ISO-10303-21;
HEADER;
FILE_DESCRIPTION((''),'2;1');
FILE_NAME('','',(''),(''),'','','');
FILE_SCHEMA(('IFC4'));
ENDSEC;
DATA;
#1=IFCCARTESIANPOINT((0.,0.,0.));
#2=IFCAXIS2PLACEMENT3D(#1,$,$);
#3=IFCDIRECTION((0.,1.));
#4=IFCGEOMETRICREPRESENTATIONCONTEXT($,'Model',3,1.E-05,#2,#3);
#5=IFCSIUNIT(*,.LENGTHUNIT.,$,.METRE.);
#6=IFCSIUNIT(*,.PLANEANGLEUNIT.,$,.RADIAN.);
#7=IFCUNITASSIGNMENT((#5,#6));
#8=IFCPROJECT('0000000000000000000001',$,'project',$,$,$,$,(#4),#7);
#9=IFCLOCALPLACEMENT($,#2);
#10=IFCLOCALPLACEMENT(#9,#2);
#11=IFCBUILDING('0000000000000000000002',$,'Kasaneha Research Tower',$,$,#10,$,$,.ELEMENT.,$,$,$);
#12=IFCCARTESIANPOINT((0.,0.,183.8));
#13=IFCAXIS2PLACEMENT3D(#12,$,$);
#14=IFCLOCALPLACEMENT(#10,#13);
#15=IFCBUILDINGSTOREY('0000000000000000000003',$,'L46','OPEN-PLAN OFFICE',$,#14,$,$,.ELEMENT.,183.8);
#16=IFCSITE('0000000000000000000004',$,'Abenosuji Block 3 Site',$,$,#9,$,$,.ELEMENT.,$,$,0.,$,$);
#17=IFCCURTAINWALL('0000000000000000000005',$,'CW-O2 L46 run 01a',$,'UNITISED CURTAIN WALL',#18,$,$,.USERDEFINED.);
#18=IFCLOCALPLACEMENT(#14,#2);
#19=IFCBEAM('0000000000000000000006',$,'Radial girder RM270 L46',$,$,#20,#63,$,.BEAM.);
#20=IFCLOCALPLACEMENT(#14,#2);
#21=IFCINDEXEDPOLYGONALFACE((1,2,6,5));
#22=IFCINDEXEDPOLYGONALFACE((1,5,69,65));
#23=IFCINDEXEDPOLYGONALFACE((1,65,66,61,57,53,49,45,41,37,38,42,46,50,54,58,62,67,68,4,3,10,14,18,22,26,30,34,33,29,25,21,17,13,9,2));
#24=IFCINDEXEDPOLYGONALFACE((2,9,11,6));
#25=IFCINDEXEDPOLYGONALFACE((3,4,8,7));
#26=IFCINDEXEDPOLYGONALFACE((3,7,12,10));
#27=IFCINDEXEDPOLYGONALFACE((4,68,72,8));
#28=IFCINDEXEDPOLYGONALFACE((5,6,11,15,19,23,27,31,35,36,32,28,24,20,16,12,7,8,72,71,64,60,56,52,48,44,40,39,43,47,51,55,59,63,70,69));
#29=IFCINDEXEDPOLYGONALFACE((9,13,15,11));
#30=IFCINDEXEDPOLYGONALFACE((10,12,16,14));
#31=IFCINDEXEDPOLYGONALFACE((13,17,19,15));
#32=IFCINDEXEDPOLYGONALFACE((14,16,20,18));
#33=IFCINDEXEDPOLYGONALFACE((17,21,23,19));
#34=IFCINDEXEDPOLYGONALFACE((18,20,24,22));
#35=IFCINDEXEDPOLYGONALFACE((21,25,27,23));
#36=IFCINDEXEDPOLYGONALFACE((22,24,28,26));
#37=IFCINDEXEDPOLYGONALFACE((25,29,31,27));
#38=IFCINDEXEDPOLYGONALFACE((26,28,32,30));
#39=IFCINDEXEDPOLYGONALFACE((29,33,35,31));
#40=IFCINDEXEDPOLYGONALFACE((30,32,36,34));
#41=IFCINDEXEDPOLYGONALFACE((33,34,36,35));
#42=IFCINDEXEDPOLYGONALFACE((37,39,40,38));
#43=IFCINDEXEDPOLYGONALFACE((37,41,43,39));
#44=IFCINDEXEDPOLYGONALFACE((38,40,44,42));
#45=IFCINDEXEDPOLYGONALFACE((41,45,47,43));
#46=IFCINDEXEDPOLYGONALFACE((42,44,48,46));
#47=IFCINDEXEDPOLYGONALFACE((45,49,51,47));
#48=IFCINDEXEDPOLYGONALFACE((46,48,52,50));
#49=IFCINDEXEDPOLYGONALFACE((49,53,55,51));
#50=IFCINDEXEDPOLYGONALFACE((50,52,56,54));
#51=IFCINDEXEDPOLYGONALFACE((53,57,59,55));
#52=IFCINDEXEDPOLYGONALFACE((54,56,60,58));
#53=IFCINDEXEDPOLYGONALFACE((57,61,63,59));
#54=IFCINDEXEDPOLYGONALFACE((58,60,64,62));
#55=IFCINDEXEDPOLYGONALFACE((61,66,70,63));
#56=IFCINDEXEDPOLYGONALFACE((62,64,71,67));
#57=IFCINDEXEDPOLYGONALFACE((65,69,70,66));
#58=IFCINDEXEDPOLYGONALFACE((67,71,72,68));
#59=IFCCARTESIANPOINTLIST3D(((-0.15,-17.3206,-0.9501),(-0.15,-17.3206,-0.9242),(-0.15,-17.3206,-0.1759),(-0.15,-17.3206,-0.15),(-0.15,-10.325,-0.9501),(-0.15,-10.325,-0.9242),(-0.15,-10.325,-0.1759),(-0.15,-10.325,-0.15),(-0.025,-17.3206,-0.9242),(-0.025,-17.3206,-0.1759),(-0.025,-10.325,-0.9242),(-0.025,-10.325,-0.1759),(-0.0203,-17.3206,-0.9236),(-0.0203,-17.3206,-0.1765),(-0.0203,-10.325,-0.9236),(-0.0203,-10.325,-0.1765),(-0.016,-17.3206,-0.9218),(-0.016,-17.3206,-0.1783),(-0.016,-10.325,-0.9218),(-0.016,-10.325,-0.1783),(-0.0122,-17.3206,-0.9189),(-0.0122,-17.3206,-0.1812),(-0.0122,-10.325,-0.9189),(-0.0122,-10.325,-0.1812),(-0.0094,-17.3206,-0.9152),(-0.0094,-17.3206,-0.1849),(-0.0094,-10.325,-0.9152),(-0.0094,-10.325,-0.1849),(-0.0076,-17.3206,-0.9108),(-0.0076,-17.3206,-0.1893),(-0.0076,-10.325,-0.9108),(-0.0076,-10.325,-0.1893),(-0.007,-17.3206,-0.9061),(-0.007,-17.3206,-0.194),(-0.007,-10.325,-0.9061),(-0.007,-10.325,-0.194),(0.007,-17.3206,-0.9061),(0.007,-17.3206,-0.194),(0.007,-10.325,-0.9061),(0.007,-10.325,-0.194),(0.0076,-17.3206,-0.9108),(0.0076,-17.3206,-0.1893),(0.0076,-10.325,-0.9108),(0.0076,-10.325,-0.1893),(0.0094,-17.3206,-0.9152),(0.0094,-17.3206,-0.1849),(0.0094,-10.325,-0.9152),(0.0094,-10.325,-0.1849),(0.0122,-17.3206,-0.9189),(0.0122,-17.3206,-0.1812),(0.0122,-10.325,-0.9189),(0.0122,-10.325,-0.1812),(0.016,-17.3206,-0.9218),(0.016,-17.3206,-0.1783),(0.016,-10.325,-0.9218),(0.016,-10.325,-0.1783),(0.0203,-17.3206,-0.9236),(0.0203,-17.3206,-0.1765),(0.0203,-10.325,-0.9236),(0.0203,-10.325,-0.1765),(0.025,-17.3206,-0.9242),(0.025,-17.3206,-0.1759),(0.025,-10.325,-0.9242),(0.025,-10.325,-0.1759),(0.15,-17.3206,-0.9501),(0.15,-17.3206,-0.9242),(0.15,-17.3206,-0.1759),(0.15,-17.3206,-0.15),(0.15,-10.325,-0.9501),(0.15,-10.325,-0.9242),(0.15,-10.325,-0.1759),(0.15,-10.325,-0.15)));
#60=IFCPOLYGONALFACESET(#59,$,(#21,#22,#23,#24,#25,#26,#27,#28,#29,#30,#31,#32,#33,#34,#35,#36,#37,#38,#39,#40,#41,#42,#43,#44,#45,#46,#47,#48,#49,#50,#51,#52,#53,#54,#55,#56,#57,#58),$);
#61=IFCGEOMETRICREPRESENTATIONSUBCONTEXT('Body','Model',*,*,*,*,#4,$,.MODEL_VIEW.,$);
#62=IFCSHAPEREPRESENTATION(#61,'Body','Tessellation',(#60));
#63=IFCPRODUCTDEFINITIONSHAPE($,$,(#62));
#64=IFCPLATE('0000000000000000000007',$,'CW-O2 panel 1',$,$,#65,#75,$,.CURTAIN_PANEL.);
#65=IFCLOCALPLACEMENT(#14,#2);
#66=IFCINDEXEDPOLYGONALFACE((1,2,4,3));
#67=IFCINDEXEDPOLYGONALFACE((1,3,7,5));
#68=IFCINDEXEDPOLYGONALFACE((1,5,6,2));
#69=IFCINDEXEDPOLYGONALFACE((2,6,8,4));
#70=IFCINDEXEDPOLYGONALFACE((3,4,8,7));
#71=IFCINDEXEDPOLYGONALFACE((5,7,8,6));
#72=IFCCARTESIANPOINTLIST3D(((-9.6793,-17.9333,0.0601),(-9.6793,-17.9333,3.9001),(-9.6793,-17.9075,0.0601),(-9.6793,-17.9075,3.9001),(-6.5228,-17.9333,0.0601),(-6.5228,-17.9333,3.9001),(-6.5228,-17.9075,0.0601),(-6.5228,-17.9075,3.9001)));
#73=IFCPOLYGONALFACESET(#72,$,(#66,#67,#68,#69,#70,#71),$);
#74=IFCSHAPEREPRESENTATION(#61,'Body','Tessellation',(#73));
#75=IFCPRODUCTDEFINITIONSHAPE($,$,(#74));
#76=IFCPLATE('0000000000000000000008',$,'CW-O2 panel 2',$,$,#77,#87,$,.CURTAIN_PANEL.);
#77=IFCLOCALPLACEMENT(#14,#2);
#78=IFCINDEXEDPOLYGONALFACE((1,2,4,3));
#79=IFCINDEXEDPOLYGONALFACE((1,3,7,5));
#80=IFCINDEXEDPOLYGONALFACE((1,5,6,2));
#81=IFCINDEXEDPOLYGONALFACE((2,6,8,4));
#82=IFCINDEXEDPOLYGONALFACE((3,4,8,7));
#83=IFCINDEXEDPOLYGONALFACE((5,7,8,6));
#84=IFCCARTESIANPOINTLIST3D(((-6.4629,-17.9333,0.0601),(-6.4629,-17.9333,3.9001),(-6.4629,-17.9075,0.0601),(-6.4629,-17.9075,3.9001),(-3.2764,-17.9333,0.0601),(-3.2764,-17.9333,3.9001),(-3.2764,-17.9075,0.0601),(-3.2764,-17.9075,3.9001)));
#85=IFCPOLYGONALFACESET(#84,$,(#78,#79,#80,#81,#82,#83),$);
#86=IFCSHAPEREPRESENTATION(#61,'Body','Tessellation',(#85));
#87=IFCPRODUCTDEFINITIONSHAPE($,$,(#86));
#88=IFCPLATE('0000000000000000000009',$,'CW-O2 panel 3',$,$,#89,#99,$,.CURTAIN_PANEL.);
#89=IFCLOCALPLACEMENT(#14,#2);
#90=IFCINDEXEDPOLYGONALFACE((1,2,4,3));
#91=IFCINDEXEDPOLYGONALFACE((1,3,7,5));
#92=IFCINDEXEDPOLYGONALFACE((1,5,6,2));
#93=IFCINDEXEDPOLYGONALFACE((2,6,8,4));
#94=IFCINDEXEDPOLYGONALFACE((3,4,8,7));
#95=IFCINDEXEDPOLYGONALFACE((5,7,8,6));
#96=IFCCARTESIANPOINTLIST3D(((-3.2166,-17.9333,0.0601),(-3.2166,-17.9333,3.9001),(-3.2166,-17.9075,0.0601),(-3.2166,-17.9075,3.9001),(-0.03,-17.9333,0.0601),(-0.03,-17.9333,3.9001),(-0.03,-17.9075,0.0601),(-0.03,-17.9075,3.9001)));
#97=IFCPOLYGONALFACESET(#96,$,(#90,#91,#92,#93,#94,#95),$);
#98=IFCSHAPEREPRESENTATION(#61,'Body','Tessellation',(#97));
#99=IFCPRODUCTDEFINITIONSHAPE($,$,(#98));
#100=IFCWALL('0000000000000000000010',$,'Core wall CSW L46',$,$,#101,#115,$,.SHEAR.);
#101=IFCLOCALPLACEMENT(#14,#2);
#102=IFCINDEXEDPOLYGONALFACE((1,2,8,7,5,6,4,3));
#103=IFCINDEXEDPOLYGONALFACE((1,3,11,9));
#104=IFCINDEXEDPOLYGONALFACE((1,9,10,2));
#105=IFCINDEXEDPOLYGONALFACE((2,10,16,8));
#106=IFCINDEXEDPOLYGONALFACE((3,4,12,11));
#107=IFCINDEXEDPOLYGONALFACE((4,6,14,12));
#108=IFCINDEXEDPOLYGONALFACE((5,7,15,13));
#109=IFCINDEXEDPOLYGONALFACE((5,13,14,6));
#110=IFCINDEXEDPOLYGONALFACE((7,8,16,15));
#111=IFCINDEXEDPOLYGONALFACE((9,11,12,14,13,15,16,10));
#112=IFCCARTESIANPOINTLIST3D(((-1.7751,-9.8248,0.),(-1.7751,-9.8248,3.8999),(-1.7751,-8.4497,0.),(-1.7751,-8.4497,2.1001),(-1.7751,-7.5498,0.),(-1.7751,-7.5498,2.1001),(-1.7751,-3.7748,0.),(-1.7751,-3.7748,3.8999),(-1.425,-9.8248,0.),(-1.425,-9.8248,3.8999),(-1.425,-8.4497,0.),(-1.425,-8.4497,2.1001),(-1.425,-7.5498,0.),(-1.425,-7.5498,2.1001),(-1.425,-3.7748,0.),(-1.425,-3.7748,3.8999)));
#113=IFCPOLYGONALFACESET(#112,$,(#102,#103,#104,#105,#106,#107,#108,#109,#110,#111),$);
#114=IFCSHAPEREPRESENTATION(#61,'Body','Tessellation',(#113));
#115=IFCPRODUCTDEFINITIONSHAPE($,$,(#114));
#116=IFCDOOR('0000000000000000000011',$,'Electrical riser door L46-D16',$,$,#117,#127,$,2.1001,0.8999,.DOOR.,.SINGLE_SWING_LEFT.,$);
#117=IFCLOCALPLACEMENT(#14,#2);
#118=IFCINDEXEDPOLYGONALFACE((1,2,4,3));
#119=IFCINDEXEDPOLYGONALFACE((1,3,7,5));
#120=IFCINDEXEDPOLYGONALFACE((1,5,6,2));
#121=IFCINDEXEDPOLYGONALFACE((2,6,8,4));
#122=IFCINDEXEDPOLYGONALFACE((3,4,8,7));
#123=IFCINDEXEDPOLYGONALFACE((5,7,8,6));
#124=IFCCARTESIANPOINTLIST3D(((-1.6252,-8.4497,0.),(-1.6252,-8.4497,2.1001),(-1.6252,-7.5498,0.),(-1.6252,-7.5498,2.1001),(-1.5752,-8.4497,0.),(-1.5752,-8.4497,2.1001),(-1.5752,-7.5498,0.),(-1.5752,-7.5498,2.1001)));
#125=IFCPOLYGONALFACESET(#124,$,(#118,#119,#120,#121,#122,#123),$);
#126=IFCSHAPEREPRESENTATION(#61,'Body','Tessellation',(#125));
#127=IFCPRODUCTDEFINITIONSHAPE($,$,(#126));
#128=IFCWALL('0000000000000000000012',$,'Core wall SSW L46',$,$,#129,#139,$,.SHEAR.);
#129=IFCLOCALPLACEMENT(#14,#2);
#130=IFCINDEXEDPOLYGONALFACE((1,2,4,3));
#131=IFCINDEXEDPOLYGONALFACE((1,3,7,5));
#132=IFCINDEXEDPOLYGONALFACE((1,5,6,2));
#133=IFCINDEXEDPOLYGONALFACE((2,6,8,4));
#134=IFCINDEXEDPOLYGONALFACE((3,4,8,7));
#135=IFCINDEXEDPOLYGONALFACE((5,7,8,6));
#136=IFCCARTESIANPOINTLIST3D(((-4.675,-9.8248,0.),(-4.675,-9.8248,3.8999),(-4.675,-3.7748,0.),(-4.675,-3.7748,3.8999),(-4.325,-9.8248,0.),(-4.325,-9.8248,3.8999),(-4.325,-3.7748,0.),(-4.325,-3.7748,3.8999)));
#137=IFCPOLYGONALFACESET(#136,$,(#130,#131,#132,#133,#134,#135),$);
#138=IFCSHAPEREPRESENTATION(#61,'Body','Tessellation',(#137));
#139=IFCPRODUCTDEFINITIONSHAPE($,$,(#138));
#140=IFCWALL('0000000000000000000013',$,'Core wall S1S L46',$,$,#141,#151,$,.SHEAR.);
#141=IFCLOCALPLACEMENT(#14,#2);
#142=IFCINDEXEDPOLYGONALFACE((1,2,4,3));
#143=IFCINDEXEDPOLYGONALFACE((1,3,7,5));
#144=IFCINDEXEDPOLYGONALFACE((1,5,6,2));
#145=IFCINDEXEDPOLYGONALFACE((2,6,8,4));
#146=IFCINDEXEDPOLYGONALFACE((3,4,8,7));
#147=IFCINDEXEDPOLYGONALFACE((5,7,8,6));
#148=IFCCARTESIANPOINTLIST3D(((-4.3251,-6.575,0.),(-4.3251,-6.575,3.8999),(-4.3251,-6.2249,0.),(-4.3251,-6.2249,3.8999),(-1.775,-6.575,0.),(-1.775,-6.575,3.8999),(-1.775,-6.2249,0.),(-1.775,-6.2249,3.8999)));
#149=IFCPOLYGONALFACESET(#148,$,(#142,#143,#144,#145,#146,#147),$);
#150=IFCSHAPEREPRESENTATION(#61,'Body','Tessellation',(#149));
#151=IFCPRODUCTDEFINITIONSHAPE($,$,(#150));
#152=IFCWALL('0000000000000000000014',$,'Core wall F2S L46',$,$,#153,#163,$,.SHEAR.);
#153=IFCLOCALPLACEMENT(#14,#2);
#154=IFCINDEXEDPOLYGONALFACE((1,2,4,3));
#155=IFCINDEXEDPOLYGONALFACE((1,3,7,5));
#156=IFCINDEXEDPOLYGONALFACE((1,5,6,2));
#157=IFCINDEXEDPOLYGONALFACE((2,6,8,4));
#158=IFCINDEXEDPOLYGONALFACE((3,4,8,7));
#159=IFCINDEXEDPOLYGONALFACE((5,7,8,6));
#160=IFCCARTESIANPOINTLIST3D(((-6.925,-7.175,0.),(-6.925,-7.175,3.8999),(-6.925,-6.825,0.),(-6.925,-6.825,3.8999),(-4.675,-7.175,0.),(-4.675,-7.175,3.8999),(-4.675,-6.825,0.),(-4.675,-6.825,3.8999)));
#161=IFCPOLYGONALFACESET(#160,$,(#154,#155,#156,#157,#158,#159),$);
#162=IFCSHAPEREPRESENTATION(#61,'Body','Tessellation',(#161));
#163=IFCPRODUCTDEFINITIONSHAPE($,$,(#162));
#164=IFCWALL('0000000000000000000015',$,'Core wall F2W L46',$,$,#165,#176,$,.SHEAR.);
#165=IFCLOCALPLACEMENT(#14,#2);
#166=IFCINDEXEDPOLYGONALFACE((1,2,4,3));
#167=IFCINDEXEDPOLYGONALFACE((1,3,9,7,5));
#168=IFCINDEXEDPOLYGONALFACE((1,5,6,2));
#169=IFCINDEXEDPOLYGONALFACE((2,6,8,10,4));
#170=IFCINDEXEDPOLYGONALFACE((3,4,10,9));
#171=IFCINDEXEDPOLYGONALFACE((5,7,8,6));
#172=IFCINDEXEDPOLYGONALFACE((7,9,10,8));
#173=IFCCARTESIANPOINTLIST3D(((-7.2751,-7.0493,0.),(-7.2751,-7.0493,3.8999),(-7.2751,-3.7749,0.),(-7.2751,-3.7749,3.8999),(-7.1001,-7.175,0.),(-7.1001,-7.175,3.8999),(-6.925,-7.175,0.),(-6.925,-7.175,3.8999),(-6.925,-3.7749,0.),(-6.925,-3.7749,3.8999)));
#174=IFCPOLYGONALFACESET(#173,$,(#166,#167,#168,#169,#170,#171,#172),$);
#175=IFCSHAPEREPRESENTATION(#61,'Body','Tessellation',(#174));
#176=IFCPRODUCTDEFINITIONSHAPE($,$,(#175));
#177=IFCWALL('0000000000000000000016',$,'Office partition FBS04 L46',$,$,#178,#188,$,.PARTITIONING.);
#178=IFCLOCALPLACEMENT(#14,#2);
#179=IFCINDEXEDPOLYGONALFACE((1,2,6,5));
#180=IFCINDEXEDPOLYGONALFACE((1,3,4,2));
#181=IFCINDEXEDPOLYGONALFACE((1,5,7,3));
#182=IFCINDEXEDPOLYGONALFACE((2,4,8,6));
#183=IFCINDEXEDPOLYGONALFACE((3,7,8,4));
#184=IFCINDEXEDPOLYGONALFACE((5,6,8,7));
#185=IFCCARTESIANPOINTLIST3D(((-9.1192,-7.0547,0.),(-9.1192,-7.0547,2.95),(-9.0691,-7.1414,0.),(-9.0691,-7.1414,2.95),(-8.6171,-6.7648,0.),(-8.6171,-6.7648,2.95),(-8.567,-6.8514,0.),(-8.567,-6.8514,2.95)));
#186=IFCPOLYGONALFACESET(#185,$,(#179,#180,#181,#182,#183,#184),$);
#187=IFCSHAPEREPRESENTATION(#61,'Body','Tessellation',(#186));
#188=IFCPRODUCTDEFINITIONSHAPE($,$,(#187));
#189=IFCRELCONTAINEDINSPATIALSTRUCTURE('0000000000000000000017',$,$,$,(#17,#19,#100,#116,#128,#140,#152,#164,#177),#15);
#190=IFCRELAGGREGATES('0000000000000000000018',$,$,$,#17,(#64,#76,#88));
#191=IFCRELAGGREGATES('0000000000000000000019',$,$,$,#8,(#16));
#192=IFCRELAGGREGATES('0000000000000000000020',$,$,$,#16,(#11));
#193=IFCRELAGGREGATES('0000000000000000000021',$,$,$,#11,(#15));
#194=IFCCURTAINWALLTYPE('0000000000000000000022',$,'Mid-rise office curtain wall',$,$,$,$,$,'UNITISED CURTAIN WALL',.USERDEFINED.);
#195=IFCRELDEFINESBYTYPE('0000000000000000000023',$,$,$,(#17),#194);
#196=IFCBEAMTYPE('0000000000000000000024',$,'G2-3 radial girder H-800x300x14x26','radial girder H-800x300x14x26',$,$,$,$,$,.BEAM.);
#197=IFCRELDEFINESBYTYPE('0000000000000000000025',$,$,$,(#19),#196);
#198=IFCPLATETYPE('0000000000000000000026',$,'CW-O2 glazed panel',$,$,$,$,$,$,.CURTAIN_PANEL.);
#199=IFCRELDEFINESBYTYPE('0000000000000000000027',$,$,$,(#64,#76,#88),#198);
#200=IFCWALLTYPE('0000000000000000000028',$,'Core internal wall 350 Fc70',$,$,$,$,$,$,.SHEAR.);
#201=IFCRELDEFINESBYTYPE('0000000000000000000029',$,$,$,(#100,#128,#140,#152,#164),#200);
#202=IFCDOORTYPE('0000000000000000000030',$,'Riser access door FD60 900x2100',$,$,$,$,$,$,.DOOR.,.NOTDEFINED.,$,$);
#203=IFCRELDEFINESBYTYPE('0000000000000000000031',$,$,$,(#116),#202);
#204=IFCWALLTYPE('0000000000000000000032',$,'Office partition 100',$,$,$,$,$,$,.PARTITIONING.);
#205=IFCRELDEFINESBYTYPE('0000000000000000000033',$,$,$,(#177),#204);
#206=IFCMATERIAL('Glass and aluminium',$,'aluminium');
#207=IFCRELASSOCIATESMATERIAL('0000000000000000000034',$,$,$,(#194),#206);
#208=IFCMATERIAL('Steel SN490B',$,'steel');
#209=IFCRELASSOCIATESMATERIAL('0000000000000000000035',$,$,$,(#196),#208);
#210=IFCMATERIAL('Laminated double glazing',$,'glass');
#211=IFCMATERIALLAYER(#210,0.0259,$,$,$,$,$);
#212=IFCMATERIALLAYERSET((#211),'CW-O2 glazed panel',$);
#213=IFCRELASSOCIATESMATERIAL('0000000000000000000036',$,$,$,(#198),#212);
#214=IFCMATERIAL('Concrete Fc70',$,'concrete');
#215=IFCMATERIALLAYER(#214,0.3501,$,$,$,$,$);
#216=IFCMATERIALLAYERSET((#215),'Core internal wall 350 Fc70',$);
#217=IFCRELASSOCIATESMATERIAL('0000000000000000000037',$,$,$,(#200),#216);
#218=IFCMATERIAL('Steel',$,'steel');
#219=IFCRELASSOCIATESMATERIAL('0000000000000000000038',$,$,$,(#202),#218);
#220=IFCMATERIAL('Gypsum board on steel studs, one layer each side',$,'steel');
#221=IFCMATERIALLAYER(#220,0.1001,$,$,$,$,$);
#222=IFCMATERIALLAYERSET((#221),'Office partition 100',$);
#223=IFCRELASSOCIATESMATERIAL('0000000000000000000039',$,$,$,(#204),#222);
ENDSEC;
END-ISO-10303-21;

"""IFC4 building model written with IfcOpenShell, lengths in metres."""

from ifc_helpers import new_model, si_unit, direction, frame, frame_2d, origin, origin_2d, place, context, subcontext, project, spatial, polyline, rectangle, i_section, outline, extrude, material, layer, layer_set, material_profile, profile_set, type_object, element, fill, aggregate, save


model = new_model("IFC4")

# Units and contexts
model_context = context("Model", 3, precision=1e-05, world=origin(), true_north=direction((0.0, 1.0)))
body_context = subcontext(model_context, "Body", "Model", "MODEL_VIEW")
ifc_project = project(units=[si_unit("LENGTHUNIT", "METRE"), si_unit("PLANEANGLEUNIT", "RADIAN")], contexts=[model_context])

# Site, building, storey
site_placement = place(None, origin())
site = spatial("IfcSite", under=ifc_project, at=site_placement, Name="Abenosuji Block 3 Site", CompositionType="ELEMENT", RefElevation=0.0)
building_placement = place(site_placement, origin())
building = spatial("IfcBuilding", under=site, at=building_placement, Name="Kasaneha Research Tower", CompositionType="ELEMENT")
storey_placement = place(building_placement, frame((0.0, 0.0, 183.8)))
storey = spatial("IfcBuildingStorey", under=building, at=storey_placement, Name="L46", Description="OPEN-PLAN OFFICE", CompositionType="ELEMENT", Elevation=183.8)

# Curtain wall
ifc_material_1 = material(Name="Glass and aluminium", Category="aluminium")
curtain_wall_type = type_object("IfcCurtainWallType", Name="Mid-rise office curtain wall", ElementType="UNITISED CURTAIN WALL", PredefinedType="USERDEFINED", material=ifc_material_1)
curtain_wall_placement = place(storey_placement, origin())
curtain_wall = element("IfcCurtainWall", 1, at=curtain_wall_placement, inside=storey, type_object=curtain_wall_type, Name="CW-O2 L46 run 01a", ObjectType="UNITISED CURTAIN WALL", PredefinedType="USERDEFINED")

# Beam
ifc_material_2 = material(Name="Steel SN490B", Category="steel")
ifc_material_profile_1 = material_profile(ifc_material_2, i_section(OverallWidth=0.3, OverallDepth=0.8, WebThickness=0.0139, FlangeThickness=0.0259, FilletRadius=0.0181, at=origin_2d()), Name="H-800x300x14x26")
ifc_profile_set_1 = profile_set([ifc_material_profile_1], Name="Steel SN490B")
beam_type_1 = type_object("IfcBeamType", Name="G2-3 radial girder H-800x300x14x26", Description="radial girder H-800x300x14x26", PredefinedType="BEAM", material=ifc_profile_set_1)
beam_1_placement = place(storey_placement, frame((0.0, -10.325, -0.55), z_axis=(0.0, -1.0, 0.0), x_axis=(1.0, 0.0, 0.0)))
element("IfcBeam", 2, at=beam_1_placement, inside=storey, type_object=beam_type_1, Name="Radial girder RM270 L46", PredefinedType="BEAM", context=body_context, shape_type="SweptSolid", body=[
    extrude(i_section(OverallWidth=0.3, OverallDepth=0.8, WebThickness=0.0139, FlangeThickness=0.0259, FilletRadius=0.0181, at=origin_2d()), origin(), (0.0, 0.0, 1.0), 6.9956),
])

# Plates
ifc_material_3 = material(Name="Laminated double glazing", Category="glass")
ifc_layer_1 = layer(ifc_material_3, 0.0259)
ifc_layer_set_1 = layer_set([ifc_layer_1], Name="CW-O2 glazed panel")
plate_type = type_object("IfcPlateType", Name="CW-O2 glazed panel", PredefinedType="CURTAIN_PANEL", material=ifc_layer_set_1)
plate_1_placement = place(storey_placement, frame((-8.1011, -17.9204, 0.0601), z_axis=(0.0, 0.0, 1.0), x_axis=(1.0, 0.0, 0.0)))
plate_1 = element("IfcPlate", 3, at=plate_1_placement, type_object=plate_type, Name="CW-O2 panel 1", PredefinedType="CURTAIN_PANEL", context=body_context, shape_type="SweptSolid", body=[
    extrude(rectangle(XDim=3.1565, YDim=0.0259, at=origin_2d()), origin(), (0.0, 0.0, 1.0), 3.8401),
])
plate_2_placement = place(storey_placement, frame((-4.8696, -17.9204, 0.0601), z_axis=(0.0, 0.0, 1.0), x_axis=(1.0, 0.0, 0.0)))
plate_2 = element("IfcPlate", 4, at=plate_2_placement, type_object=plate_type, Name="CW-O2 panel 2", PredefinedType="CURTAIN_PANEL", context=body_context, shape_type="SweptSolid", body=[
    extrude(rectangle(XDim=3.1865, YDim=0.0259, at=origin_2d()), origin(), (0.0, 0.0, 1.0), 3.8401),
])
plate_3_placement = place(storey_placement, frame((-1.6233, -17.9204, 0.0601), z_axis=(0.0, 0.0, 1.0), x_axis=(1.0, 0.0, 0.0)))
plate_3 = element("IfcPlate", 5, at=plate_3_placement, type_object=plate_type, Name="CW-O2 panel 3", PredefinedType="CURTAIN_PANEL", context=body_context, shape_type="SweptSolid", body=[
    extrude(rectangle(XDim=3.1865, YDim=0.0259, at=origin_2d()), origin(), (0.0, 0.0, 1.0), 3.8401),
])
aggregate(curtain_wall, [plate_1, plate_2, plate_3])

# Wall, opening, door
ifc_material_4 = material(Name="Concrete Fc70", Category="concrete")
ifc_layer_2 = layer(ifc_material_4, 0.3501)
ifc_layer_set_2 = layer_set([ifc_layer_2], Name="Core internal wall 350 Fc70")
wall_type_1 = type_object("IfcWallType", Name="Core internal wall 350 Fc70", PredefinedType="SHEAR", material=ifc_layer_set_2)
wall_1_placement = place(storey_placement, frame((-1.6001, -3.7749, 0.0), z_axis=(0.0, 0.0, 1.0), x_axis=(0.0, -1.0, 0.0)))
wall_1 = element("IfcWall", 6, at=wall_1_placement, inside=storey, type_object=wall_type_1, Name="Core wall CSW L46", PredefinedType="SHEAR", context=body_context, shape_type="SweptSolid", body=[
    extrude(rectangle(XDim=6.05, YDim=0.3501, at=frame_2d((3.0249, 0.0))), origin(), (0.0, 0.0, 1.0), 3.8999),
])
opening_1_placement = place(wall_1_placement, frame((3.7749, 0.0, 0.0)))
opening_1 = element("IfcOpeningElement", 7, at=opening_1_placement, cuts=wall_1, PredefinedType="OPENING", context=body_context, shape_type="SweptSolid", body=[
    extrude(rectangle(XDim=0.8999, YDim=2.1001, at=frame_2d((0.45, 1.05))), frame((0.0, 0.1851, 0.0), z_axis=(0.0, -1.0, 0.0), x_axis=(1.0, 0.0, 0.0)), (0.0, 0.0, 1.0), 0.3701),
])
ifc_material_5 = material(Name="Steel", Category="steel")
door_type_1 = type_object("IfcDoorType", Name="Riser access door FD60 900x2100", OperationType="NOTDEFINED", PredefinedType="DOOR", material=ifc_material_5)
door_1_placement = place(opening_1_placement, origin())
door_1 = element("IfcDoor", 8, at=door_1_placement, inside=storey, type_object=door_type_1, Name="Electrical riser door L46-D16", OperationType="SINGLE_SWING_LEFT", OverallHeight=2.1001, OverallWidth=0.8999, PredefinedType="DOOR", context=body_context, shape_type="SweptSolid", body=[
    extrude(rectangle(XDim=0.8999, YDim=2.1001, at=frame_2d((0.45, 1.05))), frame((0.0, 0.0249, 0.0), z_axis=(0.0, -1.0, 0.0), x_axis=(1.0, 0.0, 0.0)), (0.0, 0.0, 1.0), 0.05),
])
fill(opening_1, door_1)

# Walls
wall_2_placement = place(storey_placement, frame((-4.5, -3.7749, 0.0), z_axis=(0.0, 0.0, 1.0), x_axis=(0.0, -1.0, 0.0)))
element("IfcWall", 9, at=wall_2_placement, inside=storey, type_object=wall_type_1, Name="Core wall SSW L46", PredefinedType="SHEAR", context=body_context, shape_type="SweptSolid", body=[
    extrude(rectangle(XDim=6.05, YDim=0.3501, at=frame_2d((3.0249, 0.0))), origin(), (0.0, 0.0, 1.0), 3.8999),
])
wall_3_placement = place(storey_placement, frame((-4.325, -6.3999, 0.0), z_axis=(0.0, 0.0, 1.0), x_axis=(1.0, 0.0, 0.0)))
element("IfcWall", 10, at=wall_3_placement, inside=storey, type_object=wall_type_1, Name="Core wall S1S L46", PredefinedType="SHEAR", context=body_context, shape_type="SweptSolid", body=[
    extrude(rectangle(XDim=2.55, YDim=0.3501, at=frame_2d((1.2749, 0.0))), origin(), (0.0, 0.0, 1.0), 3.8999),
])
wall_4_placement = place(storey_placement, frame((-6.925, -7.0, 0.0), z_axis=(0.0, 0.0, 1.0), x_axis=(1.0, 0.0, 0.0)))
element("IfcWall", 11, at=wall_4_placement, inside=storey, type_object=wall_type_1, Name="Core wall F2S L46", PredefinedType="SHEAR", context=body_context, shape_type="SweptSolid", body=[
    extrude(rectangle(XDim=2.25, YDim=0.3501, at=frame_2d((1.125, 0.0))), origin(), (0.0, 0.0, 1.0), 3.8999),
])
wall_5_placement = place(storey_placement, frame((-7.1001, -3.7749, 0.0), z_axis=(0.0, 0.0, 1.0), x_axis=(0.0, -1.0, 0.0)))
element("IfcWall", 12, at=wall_5_placement, inside=storey, type_object=wall_type_1, Name="Core wall F2W L46", PredefinedType="SHEAR", context=body_context, shape_type="SweptSolid", body=[
    extrude(outline(polyline([(0.0, -0.175), (3.2744, -0.175), (3.4001, 0.0), (3.4001, 0.175), (0.0, 0.175), (0.0, -0.175)])), origin(), (0.0, 0.0, 1.0), 3.8999),
])

# Wall
ifc_material_6 = material(Name="Gypsum board on steel studs, one layer each side", Category="steel")
ifc_layer_3 = layer(ifc_material_6, 0.1001)
ifc_layer_set_3 = layer_set([ifc_layer_3], Name="Office partition 100")
wall_type_2 = type_object("IfcWallType", Name="Office partition 100", PredefinedType="PARTITIONING", material=ifc_layer_set_3)
wall_6_placement = place(storey_placement, frame((-9.0942, -7.0981, 0.0), z_axis=(0.0, 0.0, 1.0), x_axis=(0.865954, 0.500123, 0.0)))
element("IfcWall", 13, at=wall_6_placement, inside=storey, type_object=wall_type_2, Name="Office partition FBS04 L46", PredefinedType="PARTITIONING", context=body_context, shape_type="SweptSolid", body=[
    extrude(rectangle(XDim=0.5798, YDim=0.1001, at=frame_2d((0.29, 0.0))), origin(), (0.0, 0.0, 1.0), 2.95),
])

save(model, "model.ifc")
